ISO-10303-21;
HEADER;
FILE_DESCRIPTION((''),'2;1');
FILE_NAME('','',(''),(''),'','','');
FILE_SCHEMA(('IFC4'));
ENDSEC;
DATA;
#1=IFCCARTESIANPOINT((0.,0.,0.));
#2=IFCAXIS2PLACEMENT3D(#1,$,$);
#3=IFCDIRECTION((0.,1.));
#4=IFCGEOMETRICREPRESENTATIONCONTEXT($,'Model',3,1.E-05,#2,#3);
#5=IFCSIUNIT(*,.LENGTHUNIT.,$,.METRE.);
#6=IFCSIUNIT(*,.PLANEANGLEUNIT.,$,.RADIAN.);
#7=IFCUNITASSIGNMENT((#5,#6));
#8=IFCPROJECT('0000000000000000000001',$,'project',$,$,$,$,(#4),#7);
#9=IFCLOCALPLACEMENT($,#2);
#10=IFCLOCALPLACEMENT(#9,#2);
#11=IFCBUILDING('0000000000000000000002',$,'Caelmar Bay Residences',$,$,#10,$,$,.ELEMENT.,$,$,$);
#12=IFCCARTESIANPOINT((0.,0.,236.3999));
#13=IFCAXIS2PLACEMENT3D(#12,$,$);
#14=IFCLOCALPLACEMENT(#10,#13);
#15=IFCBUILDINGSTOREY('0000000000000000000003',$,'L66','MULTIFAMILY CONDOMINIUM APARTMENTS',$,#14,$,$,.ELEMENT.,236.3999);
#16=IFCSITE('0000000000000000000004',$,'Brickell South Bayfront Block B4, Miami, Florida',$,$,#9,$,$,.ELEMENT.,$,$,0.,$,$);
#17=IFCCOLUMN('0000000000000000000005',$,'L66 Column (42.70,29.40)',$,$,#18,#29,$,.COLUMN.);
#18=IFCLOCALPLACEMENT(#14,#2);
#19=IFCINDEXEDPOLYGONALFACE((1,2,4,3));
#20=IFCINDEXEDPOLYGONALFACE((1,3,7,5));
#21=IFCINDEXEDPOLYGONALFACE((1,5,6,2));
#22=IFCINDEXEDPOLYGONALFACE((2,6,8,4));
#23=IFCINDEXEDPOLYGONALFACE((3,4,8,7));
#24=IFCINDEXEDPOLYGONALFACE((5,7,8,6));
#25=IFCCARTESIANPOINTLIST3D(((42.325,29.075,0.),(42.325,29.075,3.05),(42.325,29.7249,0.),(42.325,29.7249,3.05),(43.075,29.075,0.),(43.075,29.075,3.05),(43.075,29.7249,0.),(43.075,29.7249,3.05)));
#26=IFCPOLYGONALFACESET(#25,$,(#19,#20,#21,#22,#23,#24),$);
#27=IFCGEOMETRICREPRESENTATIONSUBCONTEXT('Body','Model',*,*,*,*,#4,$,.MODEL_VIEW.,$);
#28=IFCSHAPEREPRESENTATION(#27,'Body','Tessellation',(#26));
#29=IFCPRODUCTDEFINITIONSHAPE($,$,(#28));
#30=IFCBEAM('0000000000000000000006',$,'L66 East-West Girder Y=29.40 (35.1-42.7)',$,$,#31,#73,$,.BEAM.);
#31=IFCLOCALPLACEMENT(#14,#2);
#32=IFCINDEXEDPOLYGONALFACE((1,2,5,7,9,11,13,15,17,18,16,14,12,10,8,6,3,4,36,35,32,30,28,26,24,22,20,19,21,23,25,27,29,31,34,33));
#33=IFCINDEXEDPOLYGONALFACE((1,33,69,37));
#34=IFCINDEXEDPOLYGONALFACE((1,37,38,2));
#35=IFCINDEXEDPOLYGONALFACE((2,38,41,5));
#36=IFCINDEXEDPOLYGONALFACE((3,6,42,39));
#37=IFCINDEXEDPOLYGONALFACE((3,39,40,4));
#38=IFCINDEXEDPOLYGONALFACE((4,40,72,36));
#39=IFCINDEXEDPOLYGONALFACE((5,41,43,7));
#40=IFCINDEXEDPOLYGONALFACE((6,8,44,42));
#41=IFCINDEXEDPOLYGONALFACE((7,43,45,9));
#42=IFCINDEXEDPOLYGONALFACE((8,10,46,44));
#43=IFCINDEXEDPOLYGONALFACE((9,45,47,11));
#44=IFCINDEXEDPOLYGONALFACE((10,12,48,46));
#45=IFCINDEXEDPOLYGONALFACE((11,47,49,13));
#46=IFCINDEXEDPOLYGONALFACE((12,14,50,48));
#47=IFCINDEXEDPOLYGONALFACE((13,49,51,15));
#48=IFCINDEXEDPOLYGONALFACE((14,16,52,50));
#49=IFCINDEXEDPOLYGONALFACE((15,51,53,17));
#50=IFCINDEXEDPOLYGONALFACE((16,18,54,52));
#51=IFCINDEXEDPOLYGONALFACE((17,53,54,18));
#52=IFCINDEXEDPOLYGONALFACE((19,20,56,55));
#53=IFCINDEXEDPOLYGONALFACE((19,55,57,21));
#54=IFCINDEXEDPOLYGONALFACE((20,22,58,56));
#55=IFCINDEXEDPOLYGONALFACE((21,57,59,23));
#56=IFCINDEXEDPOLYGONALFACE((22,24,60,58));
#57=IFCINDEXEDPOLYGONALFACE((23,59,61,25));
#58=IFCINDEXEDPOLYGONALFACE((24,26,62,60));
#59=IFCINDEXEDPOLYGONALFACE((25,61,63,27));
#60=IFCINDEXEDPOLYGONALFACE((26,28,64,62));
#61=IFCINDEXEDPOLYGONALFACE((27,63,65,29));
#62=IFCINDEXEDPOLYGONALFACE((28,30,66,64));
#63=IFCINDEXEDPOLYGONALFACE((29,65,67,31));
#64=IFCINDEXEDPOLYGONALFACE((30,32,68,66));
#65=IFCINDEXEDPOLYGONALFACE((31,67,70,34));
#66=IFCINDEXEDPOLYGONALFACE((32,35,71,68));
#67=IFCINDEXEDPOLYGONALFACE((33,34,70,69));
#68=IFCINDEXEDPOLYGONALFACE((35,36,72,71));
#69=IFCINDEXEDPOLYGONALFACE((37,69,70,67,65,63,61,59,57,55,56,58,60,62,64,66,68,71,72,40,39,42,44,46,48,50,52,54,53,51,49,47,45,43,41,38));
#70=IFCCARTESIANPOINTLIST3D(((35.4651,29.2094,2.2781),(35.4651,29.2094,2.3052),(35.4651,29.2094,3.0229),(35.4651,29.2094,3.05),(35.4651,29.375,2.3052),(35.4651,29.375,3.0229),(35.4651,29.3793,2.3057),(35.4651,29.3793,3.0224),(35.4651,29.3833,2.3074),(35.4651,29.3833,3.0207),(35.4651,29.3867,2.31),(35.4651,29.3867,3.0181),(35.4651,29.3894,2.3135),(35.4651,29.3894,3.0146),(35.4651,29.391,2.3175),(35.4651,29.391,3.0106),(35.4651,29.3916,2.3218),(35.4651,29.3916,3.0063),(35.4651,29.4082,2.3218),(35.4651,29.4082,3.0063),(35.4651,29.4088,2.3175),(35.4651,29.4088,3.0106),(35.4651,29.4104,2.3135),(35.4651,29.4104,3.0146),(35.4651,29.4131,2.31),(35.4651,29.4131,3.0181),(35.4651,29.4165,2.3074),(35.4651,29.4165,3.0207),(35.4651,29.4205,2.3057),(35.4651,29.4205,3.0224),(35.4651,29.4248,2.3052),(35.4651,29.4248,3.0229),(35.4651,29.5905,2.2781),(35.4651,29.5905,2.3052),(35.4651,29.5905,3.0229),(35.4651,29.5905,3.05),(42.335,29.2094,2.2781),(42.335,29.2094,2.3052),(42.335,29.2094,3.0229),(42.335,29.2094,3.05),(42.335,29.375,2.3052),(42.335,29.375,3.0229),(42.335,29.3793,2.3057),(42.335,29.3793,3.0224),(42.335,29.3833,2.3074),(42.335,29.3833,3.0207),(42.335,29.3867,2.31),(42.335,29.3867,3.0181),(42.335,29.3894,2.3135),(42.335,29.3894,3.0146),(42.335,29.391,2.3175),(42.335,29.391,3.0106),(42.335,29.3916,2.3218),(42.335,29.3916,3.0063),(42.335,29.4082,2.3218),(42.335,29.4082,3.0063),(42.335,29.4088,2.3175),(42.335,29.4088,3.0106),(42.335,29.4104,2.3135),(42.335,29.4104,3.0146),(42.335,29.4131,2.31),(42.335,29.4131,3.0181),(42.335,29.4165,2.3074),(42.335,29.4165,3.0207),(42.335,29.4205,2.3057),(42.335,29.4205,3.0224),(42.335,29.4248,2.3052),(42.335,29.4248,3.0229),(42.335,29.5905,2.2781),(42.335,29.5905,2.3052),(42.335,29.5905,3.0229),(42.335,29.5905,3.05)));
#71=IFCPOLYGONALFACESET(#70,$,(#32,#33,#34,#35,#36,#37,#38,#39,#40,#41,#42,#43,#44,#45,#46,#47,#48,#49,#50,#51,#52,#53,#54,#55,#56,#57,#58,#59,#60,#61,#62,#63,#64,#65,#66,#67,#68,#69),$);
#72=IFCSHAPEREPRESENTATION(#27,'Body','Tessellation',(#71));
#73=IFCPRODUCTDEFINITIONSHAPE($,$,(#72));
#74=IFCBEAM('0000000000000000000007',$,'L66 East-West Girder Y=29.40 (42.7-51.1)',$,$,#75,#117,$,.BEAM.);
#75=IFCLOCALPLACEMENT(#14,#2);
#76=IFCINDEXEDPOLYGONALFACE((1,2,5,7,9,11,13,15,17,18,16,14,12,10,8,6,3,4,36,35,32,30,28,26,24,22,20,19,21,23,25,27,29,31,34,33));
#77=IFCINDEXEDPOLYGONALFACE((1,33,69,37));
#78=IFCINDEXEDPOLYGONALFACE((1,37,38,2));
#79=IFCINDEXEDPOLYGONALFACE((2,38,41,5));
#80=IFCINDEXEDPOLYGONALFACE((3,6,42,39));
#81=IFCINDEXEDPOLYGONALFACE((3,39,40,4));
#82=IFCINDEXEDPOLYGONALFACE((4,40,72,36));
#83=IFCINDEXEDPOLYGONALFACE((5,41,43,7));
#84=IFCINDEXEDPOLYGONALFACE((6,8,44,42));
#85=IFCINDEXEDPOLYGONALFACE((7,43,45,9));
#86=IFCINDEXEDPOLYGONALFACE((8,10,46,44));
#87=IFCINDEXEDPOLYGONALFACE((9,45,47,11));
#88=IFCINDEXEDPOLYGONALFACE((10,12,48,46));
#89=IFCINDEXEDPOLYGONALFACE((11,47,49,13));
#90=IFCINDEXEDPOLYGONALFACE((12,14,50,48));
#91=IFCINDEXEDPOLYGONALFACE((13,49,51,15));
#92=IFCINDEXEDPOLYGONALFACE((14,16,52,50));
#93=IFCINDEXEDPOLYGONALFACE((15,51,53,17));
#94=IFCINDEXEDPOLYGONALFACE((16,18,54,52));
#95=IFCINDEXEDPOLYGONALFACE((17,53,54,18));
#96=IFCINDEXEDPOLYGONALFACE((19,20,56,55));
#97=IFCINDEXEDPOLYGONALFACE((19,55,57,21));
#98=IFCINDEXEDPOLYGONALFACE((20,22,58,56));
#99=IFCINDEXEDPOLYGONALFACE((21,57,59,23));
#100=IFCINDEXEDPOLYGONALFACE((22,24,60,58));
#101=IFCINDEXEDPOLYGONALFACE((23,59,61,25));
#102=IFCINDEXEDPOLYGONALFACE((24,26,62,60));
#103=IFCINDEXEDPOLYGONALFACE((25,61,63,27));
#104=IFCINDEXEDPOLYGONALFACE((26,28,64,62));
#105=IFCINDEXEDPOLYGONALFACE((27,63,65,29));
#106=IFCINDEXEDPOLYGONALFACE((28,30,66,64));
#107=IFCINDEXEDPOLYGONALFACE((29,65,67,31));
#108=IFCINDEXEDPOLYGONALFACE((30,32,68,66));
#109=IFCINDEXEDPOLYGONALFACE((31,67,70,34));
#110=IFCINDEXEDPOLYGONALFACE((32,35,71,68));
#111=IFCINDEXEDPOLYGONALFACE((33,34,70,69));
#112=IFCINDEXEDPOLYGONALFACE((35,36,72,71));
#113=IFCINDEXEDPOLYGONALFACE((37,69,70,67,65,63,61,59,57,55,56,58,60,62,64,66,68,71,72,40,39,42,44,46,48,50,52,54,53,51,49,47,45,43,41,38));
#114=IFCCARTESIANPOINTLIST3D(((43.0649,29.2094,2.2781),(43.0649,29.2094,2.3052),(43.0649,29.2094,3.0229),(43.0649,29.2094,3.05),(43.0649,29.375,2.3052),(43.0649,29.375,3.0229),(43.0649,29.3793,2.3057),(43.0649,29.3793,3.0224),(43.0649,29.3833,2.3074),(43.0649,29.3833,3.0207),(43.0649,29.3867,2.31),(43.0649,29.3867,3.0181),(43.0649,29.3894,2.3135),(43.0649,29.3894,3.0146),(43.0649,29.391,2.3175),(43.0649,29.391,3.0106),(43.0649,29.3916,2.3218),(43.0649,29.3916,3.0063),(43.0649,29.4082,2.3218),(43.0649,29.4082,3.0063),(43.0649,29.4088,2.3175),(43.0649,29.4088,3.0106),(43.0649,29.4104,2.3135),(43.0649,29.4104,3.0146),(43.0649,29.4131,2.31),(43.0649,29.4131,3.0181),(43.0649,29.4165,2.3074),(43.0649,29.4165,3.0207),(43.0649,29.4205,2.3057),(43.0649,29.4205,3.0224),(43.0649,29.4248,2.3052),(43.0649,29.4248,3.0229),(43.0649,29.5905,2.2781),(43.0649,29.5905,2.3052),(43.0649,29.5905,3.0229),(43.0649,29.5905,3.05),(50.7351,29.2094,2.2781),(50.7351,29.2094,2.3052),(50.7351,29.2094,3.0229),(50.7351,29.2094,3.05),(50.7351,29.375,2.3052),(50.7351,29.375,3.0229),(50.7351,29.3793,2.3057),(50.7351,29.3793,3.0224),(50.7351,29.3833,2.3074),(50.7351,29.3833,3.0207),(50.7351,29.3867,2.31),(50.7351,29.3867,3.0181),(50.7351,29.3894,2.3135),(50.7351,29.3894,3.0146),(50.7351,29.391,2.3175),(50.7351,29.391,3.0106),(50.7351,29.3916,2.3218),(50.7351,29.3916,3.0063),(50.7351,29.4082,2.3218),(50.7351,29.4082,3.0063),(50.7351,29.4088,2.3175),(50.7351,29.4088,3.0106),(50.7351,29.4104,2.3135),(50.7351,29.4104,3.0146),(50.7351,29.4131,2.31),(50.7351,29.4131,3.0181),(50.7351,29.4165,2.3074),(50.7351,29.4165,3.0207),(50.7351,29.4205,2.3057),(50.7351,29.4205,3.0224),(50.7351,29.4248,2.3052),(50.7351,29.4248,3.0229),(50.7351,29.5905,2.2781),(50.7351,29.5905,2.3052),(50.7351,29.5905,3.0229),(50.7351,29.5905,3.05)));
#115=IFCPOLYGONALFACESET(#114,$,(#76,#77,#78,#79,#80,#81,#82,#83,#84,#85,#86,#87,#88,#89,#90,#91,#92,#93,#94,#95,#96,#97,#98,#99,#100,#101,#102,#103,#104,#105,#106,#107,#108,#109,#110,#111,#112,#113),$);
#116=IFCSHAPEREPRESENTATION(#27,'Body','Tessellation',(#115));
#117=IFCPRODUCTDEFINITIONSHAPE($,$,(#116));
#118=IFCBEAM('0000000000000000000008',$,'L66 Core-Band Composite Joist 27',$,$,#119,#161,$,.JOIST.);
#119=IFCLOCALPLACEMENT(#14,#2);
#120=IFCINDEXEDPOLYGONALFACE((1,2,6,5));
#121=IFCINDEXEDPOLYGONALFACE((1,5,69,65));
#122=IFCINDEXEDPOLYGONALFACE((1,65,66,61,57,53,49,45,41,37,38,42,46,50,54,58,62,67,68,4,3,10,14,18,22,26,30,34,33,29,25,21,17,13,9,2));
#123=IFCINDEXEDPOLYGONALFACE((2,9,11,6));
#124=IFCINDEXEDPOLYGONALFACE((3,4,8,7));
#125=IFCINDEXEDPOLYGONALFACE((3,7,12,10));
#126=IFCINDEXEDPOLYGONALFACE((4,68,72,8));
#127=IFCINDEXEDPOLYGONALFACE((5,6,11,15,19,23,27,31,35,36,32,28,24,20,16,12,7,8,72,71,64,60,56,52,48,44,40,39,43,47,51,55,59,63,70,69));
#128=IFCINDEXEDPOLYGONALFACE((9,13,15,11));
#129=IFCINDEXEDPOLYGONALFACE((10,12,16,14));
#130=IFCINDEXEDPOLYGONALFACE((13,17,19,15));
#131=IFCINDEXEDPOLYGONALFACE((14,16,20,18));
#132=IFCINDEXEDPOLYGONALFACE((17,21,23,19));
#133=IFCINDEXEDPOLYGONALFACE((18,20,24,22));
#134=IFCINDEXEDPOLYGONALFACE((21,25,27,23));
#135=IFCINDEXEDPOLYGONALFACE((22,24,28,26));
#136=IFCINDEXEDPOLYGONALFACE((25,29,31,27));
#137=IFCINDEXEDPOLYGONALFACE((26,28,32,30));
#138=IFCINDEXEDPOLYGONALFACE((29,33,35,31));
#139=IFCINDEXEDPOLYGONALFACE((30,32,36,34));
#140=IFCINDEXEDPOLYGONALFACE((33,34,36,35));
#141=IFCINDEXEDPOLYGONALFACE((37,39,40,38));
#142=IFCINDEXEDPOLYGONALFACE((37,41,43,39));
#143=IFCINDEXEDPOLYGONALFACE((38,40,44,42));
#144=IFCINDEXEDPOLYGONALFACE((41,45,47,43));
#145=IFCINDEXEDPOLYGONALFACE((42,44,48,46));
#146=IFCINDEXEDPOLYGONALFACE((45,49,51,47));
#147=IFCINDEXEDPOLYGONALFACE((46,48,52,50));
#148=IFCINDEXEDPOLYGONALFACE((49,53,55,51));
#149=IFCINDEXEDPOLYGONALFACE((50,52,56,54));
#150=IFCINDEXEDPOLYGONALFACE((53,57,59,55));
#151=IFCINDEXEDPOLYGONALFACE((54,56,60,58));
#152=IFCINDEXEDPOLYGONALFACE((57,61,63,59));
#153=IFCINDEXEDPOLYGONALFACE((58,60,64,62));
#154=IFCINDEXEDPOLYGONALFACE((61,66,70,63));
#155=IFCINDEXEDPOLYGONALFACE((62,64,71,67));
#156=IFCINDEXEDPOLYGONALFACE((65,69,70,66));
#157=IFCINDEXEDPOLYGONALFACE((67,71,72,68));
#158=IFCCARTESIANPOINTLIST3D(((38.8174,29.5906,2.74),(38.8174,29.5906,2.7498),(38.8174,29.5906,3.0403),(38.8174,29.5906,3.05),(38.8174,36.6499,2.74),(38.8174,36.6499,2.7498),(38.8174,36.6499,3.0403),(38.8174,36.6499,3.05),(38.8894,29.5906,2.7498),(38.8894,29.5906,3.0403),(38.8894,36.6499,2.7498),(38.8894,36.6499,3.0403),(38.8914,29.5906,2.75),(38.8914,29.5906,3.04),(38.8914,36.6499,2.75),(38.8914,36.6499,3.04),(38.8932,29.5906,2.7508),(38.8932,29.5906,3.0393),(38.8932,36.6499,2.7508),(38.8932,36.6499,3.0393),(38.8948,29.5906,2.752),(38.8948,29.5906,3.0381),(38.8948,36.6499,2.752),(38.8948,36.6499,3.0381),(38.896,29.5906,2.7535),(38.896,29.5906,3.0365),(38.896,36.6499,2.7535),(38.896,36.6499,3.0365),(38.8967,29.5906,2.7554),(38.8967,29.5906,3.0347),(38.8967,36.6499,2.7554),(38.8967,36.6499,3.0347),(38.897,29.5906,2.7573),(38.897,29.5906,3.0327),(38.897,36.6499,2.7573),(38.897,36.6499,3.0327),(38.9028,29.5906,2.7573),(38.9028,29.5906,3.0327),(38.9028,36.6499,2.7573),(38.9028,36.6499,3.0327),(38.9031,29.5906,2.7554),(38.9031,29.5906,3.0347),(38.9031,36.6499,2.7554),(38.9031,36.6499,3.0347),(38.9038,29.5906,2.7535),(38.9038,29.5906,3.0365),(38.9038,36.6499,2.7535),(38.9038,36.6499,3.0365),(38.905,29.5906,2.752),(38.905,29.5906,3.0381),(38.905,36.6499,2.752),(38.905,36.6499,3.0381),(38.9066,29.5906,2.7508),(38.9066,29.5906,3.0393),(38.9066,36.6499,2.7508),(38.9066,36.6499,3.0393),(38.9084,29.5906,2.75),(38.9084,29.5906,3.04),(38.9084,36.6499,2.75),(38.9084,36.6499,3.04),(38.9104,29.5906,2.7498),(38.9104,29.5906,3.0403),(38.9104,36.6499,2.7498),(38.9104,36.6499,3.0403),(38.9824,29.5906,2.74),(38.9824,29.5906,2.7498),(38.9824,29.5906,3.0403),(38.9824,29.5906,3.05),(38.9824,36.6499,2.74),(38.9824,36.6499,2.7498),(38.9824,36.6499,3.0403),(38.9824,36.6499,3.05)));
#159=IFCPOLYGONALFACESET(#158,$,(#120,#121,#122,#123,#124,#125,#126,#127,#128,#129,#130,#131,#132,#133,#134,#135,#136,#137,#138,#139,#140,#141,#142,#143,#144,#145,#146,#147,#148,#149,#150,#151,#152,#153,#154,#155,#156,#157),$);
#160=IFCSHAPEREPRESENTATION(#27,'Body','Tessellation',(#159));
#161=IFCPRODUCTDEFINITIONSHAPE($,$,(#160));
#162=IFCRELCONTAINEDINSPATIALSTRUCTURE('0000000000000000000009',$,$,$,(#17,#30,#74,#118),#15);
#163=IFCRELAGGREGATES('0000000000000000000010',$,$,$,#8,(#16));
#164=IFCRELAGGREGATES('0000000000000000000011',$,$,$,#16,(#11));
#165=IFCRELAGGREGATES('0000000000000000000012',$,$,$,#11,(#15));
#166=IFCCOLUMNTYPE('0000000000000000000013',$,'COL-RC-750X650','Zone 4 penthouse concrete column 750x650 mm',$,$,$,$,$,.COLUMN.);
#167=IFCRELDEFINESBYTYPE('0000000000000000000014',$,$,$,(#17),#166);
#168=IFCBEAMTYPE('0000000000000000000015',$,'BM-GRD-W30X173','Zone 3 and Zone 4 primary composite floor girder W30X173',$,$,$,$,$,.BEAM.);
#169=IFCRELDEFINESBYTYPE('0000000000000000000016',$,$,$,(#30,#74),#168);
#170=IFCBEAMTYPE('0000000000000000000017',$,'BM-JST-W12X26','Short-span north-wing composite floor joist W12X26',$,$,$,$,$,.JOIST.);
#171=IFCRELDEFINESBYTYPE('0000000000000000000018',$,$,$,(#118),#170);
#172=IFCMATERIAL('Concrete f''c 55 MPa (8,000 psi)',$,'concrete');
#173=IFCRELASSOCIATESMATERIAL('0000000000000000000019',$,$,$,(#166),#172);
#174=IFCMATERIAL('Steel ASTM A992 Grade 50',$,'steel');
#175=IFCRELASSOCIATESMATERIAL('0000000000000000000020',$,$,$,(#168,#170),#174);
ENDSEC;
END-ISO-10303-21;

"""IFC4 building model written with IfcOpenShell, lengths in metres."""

from ifc_helpers import new_model, si_unit, direction, frame, origin, origin_2d, place, context, subcontext, project, spatial, rectangle, i_section, extrude, material, material_profile, profile_set, type_object, element, save


model = new_model("IFC4")

# Units and contexts
model_context = context("Model", 3, precision=1e-05, world=origin(), true_north=direction((0.0, 1.0)))
body_context = subcontext(model_context, "Body", "Model", "MODEL_VIEW")
ifc_project = project(units=[si_unit("LENGTHUNIT", "METRE"), si_unit("PLANEANGLEUNIT", "RADIAN")], contexts=[model_context])

# Site, building, storey
site_placement = place(None, origin())
site = spatial("IfcSite", under=ifc_project, at=site_placement, Name="Brickell South Bayfront Block B4, Miami, Florida", CompositionType="ELEMENT", RefElevation=0.0)
building_placement = place(site_placement, origin())
building = spatial("IfcBuilding", under=site, at=building_placement, Name="Caelmar Bay Residences", CompositionType="ELEMENT")
storey_placement = place(building_placement, frame((0.0, 0.0, 236.3999)))
storey = spatial("IfcBuildingStorey", under=building, at=storey_placement, Name="L66", Description="MULTIFAMILY CONDOMINIUM APARTMENTS", CompositionType="ELEMENT", Elevation=236.3999)

# Column
ifc_material_1 = material(Name="Concrete f'c 55 MPa (8,000 psi)", Category="concrete")
ifc_material_profile_1 = material_profile(ifc_material_1, rectangle(XDim=0.75, YDim=0.6499, at=origin_2d()), Name="RC-COL-750X650")
ifc_profile_set_1 = profile_set([ifc_material_profile_1], Name="Concrete f'c 55 MPa (8,000 psi)")
column_type = type_object("IfcColumnType", Name="COL-RC-750X650", Description="Zone 4 penthouse concrete column 750x650 mm", PredefinedType="COLUMN", material=ifc_profile_set_1)
column_placement = place(storey_placement, frame((42.7, 29.3999, 0.0), z_axis=(0.0, 0.0, 1.0), x_axis=(1.0, 0.0, 0.0)))
element("IfcColumn", 1, at=column_placement, inside=storey, type_object=column_type, Name="L66 Column (42.70,29.40)", PredefinedType="COLUMN", context=body_context, shape_type="SweptSolid", body=[
    extrude(rectangle(XDim=0.75, YDim=0.6499, at=origin_2d()), origin(), (0.0, 0.0, 1.0), 3.05),
])

# Beams
ifc_material_2 = material(Name="Steel ASTM A992 Grade 50", Category="steel")
ifc_material_profile_2 = material_profile(ifc_material_2, i_section(OverallWidth=0.3811, OverallDepth=0.772, WebThickness=0.0166, FlangeThickness=0.0271, FilletRadius=0.0166, at=origin_2d()), Name="W30X173")
ifc_profile_set_2 = profile_set([ifc_material_profile_2], Name="Steel ASTM A992 Grade 50")
beam_type_1 = type_object("IfcBeamType", Name="BM-GRD-W30X173", Description="Zone 3 and Zone 4 primary composite floor girder W30X173", PredefinedType="BEAM", material=ifc_profile_set_2)
beam_1_placement = place(storey_placement, frame((35.4651, 29.3999, 2.6641), z_axis=(1.0, 0.0, 0.0), x_axis=(0.0, 1.0, 0.0)))
element("IfcBeam", 2, at=beam_1_placement, inside=storey, type_object=beam_type_1, Name="L66 East-West Girder Y=29.40 (35.1-42.7)", PredefinedType="BEAM", context=body_context, shape_type="SweptSolid", body=[
    extrude(i_section(OverallWidth=0.3811, OverallDepth=0.772, WebThickness=0.0166, FlangeThickness=0.0271, FilletRadius=0.0166, at=origin_2d()), origin(), (0.0, 0.0, 1.0), 6.8699),
])
beam_2_placement = place(storey_placement, frame((43.0649, 29.3999, 2.6641), z_axis=(1.0, 0.0, 0.0), x_axis=(0.0, 1.0, 0.0)))
element("IfcBeam", 3, at=beam_2_placement, inside=storey, type_object=beam_type_1, Name="L66 East-West Girder Y=29.40 (42.7-51.1)", PredefinedType="BEAM", context=body_context, shape_type="SweptSolid", body=[
    extrude(i_section(OverallWidth=0.3811, OverallDepth=0.772, WebThickness=0.0166, FlangeThickness=0.0271, FilletRadius=0.0166, at=origin_2d()), origin(), (0.0, 0.0, 1.0), 7.6702),
])
ifc_material_profile_3 = material_profile(ifc_material_2, i_section(OverallWidth=0.165, OverallDepth=0.3101, WebThickness=0.0059, FlangeThickness=0.0098, FilletRadius=0.0076, at=origin_2d()), Name="W12X26")
ifc_profile_set_3 = profile_set([ifc_material_profile_3], Name="Steel ASTM A992 Grade 50")
beam_type_2 = type_object("IfcBeamType", Name="BM-JST-W12X26", Description="Short-span north-wing composite floor joist W12X26", PredefinedType="JOIST", material=ifc_profile_set_3)
beam_3_placement = place(storey_placement, frame((38.8999, 29.5906, 2.895), z_axis=(0.0, 1.0, 0.0), x_axis=(-1.0, 0.0, 0.0)))
element("IfcBeam", 4, at=beam_3_placement, inside=storey, type_object=beam_type_2, Name="L66 Core-Band Composite Joist 27", PredefinedType="JOIST", context=body_context, shape_type="SweptSolid", body=[
    extrude(i_section(OverallWidth=0.165, OverallDepth=0.3101, WebThickness=0.0059, FlangeThickness=0.0098, FilletRadius=0.0076, at=origin_2d()), origin(), (0.0, 0.0, 1.0), 7.0593),
])

save(model, "model.ifc")
